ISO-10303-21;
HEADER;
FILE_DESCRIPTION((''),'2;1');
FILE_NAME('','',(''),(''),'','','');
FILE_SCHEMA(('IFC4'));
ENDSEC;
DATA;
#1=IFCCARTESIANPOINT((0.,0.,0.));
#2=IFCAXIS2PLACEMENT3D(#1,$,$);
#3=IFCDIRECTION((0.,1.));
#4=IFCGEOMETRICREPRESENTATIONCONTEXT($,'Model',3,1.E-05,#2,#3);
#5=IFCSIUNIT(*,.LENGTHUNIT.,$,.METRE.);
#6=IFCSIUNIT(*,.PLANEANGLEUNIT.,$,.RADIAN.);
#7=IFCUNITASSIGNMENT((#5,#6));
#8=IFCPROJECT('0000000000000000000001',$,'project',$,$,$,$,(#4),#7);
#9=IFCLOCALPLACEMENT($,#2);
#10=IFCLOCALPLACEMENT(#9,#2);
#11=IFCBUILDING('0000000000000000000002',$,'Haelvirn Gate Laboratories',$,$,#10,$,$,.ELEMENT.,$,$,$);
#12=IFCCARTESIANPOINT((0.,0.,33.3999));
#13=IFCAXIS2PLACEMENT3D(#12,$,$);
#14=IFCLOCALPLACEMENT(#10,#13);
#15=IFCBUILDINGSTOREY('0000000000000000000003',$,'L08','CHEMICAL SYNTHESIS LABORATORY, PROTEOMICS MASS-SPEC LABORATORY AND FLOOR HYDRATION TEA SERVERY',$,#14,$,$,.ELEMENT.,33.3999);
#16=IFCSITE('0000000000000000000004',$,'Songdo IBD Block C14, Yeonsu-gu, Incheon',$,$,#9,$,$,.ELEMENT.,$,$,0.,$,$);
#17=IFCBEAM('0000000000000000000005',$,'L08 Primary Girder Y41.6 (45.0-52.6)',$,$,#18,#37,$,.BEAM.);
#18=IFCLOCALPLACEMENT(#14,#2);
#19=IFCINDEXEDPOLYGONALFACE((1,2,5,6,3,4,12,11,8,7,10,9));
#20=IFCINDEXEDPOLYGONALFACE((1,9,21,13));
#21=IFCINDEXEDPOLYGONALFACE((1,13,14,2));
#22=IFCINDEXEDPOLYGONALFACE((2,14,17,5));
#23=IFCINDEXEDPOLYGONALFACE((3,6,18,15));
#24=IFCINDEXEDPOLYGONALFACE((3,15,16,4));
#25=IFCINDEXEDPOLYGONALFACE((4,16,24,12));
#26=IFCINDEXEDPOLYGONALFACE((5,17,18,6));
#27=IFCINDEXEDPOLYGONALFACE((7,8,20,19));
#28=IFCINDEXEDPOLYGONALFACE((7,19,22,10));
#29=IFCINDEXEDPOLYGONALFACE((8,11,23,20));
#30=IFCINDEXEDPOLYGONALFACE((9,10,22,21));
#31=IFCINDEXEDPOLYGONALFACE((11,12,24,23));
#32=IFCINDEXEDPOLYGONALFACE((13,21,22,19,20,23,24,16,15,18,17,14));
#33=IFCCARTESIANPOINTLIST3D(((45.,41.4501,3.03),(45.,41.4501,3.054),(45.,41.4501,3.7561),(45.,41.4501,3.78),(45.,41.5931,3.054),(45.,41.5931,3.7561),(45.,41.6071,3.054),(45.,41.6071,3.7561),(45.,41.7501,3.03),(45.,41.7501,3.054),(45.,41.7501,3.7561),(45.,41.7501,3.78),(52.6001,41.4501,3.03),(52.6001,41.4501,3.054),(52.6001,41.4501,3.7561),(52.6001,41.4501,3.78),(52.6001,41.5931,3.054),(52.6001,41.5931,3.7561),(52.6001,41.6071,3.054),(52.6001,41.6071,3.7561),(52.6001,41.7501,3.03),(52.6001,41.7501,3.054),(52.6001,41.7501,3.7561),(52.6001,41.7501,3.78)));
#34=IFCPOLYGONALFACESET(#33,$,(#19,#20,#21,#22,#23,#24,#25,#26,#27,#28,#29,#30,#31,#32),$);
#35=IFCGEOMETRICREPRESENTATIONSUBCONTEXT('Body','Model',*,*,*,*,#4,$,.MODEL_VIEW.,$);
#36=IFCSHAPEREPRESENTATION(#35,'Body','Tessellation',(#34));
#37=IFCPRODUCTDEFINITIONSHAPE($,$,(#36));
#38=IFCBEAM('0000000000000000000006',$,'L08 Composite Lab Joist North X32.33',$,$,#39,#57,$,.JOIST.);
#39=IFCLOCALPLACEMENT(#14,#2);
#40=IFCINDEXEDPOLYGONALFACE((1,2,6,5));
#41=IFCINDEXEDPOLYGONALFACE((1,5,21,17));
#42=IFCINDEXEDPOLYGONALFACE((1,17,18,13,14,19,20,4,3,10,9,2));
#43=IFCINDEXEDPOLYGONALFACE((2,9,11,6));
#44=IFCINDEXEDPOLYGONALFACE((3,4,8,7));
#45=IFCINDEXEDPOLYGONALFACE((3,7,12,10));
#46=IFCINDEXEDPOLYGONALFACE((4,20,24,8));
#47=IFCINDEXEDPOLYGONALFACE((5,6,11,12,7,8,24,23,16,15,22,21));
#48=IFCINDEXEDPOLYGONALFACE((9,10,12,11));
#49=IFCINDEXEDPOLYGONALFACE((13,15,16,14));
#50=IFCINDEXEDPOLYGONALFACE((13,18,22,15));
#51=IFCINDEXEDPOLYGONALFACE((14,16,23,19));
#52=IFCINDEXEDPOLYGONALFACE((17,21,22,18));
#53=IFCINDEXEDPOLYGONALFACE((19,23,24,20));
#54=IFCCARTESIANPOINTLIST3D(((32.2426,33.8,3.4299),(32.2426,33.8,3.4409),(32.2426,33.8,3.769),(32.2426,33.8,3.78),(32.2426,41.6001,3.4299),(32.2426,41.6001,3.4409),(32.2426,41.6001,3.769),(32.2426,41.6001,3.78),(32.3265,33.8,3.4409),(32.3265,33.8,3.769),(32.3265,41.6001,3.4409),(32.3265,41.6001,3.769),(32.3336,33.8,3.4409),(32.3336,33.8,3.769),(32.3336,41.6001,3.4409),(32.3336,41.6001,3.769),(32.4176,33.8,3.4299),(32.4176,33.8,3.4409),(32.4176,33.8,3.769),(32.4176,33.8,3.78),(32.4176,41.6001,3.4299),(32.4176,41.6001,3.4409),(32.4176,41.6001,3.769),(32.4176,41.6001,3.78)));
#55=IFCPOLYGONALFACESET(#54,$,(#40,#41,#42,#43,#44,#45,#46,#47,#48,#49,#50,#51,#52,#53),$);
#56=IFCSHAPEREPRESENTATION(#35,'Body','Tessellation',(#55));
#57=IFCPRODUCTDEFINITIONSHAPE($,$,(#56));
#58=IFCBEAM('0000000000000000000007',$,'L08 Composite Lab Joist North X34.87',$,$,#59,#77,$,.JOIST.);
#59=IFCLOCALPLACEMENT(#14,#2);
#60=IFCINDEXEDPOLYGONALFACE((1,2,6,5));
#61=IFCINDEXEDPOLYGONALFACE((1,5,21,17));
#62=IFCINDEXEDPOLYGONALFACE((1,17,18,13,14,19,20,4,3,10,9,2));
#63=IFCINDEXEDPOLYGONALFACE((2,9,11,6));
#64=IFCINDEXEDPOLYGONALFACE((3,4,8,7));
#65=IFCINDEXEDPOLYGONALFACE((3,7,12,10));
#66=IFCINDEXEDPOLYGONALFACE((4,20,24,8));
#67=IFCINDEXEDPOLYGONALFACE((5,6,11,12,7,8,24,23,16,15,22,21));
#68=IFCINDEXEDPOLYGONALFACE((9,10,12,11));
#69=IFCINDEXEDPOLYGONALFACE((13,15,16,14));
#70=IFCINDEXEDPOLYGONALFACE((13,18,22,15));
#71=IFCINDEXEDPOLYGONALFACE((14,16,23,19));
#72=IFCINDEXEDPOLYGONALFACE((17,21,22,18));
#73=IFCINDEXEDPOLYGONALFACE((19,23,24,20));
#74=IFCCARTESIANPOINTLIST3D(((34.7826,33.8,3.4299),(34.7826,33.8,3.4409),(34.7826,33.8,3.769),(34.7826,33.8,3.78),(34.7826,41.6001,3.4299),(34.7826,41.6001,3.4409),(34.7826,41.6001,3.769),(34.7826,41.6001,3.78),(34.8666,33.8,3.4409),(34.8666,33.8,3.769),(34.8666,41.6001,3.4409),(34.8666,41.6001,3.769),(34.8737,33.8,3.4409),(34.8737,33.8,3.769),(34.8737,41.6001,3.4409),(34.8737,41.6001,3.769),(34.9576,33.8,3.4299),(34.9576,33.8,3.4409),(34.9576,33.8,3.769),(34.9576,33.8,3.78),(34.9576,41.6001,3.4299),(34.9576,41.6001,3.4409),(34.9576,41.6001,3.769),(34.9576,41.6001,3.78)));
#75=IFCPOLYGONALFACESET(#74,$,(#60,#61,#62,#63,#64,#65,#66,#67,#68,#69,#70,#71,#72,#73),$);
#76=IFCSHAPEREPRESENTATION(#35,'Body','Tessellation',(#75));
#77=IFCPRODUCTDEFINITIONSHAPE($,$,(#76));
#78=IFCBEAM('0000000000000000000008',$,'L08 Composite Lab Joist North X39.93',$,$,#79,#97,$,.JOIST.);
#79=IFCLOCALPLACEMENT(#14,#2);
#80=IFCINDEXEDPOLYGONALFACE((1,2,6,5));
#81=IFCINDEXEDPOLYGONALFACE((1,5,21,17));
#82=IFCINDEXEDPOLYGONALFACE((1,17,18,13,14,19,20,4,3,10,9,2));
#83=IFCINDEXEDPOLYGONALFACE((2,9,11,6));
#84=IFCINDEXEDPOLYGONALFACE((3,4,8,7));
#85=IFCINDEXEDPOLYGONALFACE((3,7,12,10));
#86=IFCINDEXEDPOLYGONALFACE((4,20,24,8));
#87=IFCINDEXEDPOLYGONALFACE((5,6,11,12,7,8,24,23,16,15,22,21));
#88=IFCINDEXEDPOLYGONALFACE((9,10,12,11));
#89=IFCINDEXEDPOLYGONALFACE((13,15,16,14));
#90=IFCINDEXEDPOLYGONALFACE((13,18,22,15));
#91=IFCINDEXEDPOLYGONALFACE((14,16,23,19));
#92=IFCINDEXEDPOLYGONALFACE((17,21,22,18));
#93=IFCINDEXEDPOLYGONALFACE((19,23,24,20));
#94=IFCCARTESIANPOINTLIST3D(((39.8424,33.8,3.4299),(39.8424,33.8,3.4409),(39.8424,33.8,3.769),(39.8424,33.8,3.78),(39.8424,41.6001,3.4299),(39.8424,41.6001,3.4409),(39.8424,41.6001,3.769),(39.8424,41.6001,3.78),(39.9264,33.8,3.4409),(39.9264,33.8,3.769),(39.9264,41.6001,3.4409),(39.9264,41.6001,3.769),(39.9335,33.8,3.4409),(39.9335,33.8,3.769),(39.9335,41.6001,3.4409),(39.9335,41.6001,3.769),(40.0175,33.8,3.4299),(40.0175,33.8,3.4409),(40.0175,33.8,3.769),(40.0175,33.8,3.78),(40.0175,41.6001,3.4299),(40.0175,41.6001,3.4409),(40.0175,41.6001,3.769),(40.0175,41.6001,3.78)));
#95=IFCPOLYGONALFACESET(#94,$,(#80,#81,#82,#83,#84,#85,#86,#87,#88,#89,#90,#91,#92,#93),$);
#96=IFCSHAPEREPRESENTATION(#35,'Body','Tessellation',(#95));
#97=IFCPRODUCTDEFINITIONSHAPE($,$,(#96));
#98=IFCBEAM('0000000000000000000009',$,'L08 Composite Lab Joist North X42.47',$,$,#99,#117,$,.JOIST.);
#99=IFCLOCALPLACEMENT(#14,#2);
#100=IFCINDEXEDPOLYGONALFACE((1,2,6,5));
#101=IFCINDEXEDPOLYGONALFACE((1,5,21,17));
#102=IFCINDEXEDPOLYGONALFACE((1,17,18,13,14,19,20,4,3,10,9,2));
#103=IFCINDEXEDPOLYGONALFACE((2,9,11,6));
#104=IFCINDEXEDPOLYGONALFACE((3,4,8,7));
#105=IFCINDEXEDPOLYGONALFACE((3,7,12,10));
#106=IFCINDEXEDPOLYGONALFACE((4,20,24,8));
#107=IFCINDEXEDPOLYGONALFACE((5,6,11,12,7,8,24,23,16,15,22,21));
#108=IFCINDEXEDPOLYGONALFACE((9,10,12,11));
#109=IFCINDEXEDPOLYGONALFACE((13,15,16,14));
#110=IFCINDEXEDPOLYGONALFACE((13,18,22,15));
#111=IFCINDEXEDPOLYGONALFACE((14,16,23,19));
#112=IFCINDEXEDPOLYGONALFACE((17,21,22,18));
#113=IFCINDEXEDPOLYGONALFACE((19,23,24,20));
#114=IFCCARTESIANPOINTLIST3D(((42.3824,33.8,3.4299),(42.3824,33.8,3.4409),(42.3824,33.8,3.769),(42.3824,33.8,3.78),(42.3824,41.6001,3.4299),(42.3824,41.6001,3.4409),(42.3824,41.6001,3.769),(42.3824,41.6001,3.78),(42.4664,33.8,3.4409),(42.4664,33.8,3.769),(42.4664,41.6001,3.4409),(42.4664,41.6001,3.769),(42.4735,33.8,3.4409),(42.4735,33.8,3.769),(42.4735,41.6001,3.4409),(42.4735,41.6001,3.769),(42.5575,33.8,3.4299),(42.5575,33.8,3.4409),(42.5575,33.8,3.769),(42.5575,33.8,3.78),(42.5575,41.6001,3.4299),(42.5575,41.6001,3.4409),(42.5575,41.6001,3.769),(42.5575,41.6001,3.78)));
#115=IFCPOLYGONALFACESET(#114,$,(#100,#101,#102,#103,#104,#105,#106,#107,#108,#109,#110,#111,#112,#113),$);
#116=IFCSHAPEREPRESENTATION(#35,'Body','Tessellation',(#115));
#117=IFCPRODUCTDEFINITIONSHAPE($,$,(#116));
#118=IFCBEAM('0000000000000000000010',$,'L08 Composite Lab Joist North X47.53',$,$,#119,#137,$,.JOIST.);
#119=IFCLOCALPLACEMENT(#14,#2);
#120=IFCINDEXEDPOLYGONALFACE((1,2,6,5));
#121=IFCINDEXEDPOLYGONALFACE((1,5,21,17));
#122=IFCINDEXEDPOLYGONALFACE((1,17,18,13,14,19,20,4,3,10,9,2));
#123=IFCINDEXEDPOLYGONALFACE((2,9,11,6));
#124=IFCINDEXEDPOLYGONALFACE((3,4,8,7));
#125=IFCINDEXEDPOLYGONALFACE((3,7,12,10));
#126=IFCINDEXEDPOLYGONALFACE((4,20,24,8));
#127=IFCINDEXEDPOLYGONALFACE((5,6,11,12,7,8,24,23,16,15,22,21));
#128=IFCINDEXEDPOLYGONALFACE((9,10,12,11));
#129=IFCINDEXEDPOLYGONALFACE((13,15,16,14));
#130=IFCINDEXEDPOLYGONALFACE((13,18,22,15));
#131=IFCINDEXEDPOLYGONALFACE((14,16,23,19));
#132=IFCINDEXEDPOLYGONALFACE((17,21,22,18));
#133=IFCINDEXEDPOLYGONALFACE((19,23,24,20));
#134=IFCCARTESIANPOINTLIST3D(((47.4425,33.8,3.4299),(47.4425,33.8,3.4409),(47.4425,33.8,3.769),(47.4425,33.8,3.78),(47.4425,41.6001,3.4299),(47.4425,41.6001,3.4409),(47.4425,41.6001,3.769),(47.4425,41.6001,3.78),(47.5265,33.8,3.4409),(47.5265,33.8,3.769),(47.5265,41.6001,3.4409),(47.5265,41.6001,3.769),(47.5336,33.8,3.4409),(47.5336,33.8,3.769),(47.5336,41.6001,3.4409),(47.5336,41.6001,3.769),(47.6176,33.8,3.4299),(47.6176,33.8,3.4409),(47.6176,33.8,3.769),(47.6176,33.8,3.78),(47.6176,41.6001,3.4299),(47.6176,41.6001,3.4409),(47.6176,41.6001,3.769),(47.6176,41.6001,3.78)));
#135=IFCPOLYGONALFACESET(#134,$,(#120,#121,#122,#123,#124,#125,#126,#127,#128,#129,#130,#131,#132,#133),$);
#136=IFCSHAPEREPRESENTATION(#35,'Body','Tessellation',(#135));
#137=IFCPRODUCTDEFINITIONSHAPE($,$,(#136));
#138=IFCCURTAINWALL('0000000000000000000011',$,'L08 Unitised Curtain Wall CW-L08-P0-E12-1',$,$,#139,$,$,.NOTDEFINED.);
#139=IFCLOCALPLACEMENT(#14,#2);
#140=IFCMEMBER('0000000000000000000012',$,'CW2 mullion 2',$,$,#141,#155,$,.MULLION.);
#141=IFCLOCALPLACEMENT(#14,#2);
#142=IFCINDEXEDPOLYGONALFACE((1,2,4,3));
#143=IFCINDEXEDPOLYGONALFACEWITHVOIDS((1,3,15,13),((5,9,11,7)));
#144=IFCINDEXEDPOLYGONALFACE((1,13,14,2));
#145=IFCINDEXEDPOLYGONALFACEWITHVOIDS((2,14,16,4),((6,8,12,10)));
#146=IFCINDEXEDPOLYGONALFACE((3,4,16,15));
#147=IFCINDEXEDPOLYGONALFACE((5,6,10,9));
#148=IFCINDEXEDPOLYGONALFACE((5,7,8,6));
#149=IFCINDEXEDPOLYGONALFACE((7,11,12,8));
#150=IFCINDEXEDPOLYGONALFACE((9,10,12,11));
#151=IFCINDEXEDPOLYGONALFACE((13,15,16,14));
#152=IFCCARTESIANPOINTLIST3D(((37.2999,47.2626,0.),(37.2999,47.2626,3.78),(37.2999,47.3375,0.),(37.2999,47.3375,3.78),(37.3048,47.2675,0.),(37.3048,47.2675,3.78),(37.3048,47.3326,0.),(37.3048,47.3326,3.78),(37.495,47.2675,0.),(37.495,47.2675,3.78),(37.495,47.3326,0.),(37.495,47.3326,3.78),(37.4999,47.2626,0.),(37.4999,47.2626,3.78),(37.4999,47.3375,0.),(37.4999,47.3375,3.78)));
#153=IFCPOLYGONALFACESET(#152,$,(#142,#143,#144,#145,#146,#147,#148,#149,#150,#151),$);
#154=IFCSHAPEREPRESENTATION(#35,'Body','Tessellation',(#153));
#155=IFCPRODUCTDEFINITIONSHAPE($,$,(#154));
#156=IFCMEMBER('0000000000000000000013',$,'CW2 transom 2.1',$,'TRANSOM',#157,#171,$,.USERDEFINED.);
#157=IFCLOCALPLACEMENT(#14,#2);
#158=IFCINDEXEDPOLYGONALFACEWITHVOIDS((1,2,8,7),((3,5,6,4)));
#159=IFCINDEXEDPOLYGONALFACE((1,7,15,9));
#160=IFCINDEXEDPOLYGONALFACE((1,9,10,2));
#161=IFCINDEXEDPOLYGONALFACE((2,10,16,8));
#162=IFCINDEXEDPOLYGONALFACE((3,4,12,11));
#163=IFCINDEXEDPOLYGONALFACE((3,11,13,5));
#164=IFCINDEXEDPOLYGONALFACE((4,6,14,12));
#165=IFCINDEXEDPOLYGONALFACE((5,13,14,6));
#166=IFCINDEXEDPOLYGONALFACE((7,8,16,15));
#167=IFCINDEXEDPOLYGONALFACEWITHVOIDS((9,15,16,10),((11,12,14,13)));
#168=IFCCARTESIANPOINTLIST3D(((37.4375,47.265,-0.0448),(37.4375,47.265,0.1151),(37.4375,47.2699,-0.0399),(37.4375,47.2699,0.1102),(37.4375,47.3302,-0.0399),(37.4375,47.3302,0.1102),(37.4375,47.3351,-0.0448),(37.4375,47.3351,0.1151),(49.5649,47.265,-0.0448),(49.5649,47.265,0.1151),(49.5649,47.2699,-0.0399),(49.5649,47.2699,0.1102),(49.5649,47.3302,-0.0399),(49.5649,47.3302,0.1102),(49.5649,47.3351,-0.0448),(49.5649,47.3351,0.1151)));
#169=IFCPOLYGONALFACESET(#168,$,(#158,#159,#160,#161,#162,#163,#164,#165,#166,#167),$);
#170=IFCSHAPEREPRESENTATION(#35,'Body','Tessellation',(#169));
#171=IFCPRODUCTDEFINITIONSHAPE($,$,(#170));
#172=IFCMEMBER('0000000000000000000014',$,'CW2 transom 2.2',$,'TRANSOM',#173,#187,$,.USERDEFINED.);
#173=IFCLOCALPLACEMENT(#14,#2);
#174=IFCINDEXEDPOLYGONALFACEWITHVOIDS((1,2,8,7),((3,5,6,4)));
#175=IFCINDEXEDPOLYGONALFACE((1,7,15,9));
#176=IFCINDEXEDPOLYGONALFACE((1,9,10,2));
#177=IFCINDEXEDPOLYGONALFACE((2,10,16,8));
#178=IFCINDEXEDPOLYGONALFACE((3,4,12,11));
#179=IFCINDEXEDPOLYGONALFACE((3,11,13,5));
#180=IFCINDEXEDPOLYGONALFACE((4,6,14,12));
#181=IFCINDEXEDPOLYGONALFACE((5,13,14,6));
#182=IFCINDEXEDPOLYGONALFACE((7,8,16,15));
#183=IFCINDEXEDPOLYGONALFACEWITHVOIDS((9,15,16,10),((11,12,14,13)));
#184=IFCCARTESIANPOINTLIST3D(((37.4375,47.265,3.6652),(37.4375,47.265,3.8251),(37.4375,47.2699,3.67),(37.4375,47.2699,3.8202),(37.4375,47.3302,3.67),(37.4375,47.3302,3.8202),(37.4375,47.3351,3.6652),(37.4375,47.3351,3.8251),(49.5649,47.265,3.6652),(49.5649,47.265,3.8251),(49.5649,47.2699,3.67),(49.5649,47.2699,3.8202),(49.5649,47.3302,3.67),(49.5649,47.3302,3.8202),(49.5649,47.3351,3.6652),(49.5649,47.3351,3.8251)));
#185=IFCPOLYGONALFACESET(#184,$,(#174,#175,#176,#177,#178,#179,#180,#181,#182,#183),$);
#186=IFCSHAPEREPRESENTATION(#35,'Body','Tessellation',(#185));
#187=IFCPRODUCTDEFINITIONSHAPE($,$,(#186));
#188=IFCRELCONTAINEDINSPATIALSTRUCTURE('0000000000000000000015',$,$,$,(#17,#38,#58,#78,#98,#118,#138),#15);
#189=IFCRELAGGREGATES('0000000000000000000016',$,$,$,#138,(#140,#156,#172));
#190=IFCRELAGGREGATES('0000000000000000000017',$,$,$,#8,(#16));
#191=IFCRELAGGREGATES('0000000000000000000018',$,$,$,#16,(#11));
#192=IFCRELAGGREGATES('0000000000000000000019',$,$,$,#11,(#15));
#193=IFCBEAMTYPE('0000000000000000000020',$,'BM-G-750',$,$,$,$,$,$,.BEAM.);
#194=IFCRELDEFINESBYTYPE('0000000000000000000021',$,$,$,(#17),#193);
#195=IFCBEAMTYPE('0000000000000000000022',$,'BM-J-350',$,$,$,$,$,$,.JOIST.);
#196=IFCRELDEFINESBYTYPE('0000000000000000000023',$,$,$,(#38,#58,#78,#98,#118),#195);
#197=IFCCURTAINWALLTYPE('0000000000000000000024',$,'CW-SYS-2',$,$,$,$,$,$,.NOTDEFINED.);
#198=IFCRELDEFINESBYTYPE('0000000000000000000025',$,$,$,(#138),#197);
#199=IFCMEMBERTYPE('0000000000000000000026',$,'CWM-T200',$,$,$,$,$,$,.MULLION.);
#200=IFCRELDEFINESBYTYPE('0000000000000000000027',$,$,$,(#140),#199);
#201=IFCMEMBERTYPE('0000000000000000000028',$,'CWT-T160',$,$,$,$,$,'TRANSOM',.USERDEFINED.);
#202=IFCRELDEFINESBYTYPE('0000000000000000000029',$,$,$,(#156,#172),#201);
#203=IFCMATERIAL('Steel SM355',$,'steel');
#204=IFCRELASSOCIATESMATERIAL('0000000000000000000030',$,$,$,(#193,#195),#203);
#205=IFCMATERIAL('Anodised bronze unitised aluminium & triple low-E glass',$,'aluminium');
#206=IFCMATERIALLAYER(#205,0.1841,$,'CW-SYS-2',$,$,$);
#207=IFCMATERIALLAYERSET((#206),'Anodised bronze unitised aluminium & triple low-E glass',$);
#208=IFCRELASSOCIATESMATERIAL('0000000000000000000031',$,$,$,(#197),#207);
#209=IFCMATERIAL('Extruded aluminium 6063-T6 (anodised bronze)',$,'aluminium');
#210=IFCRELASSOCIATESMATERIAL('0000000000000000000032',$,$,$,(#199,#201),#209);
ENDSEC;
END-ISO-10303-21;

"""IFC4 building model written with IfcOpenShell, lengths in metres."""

from ifc_helpers import new_model, si_unit, direction, frame, origin, origin_2d, place, context, subcontext, project, spatial, hollow_rectangle, i_section, extrude, source, transform, mapped, material, layer, layer_set, material_profile, profile_set, type_object, type_shapes, element, aggregate, save


model = new_model("IFC4")

# Units and contexts
model_context = context("Model", 3, precision=1e-05, world=origin(), true_north=direction((0.0, 1.0)))
body_context = subcontext(model_context, "Body", "Model", "MODEL_VIEW")
ifc_project = project(units=[si_unit("LENGTHUNIT", "METRE"), si_unit("PLANEANGLEUNIT", "RADIAN")], contexts=[model_context])

# Site, building, storey
site_placement = place(None, origin())
site = spatial("IfcSite", under=ifc_project, at=site_placement, Name="Songdo IBD Block C14, Yeonsu-gu, Incheon", CompositionType="ELEMENT", RefElevation=0.0)
building_placement = place(site_placement, origin())
building = spatial("IfcBuilding", under=site, at=building_placement, Name="Haelvirn Gate Laboratories", CompositionType="ELEMENT")
storey_placement = place(building_placement, frame((0.0, 0.0, 33.3999)))
storey = spatial("IfcBuildingStorey", under=building, at=storey_placement, Name="L08", Description="CHEMICAL SYNTHESIS LABORATORY, PROTEOMICS MASS-SPEC LABORATORY AND FLOOR HYDRATION TEA SERVERY", CompositionType="ELEMENT", Elevation=33.3999)

# Beams
ifc_material_1 = material(Name="Steel SM355", Category="steel")
ifc_material_profile_1 = material_profile(ifc_material_1, i_section(OverallWidth=0.3, OverallDepth=0.75, WebThickness=0.0139, FlangeThickness=0.0239, at=origin_2d()), Name="H-750x300x14x24")
ifc_profile_set_1 = profile_set([ifc_material_profile_1], Name="Steel SM355")
beam_type_1 = type_object("IfcBeamType", Name="BM-G-750", PredefinedType="BEAM", material=ifc_profile_set_1)
shared_shape_1 = source(origin(), body_context, "Body", "SweptSolid", [
    extrude(i_section(OverallWidth=0.3, OverallDepth=0.75, WebThickness=0.0139, FlangeThickness=0.0239, at=origin_2d()), origin(), (0.0, 0.0, 1.0), 7.6001),
])
type_shapes(beam_type_1, [shared_shape_1])
for number, where, z_axis, x_axis, name in (
    (1, (45.0, 41.6001, 3.405), (1.0, 0.0, 0.0), (0.0, 1.0, 0.0), "L08 Primary Girder Y41.6 (45.0-52.6)"),
):
    element("IfcBeam", number, at=place(storey_placement, frame(where, z_axis=z_axis, x_axis=x_axis)), inside=storey, type_object=beam_type_1, Name=name, PredefinedType="BEAM", context=body_context, shape_type="MappedRepresentation", body=[
        mapped(shared_shape_1, transform((0.0, 0.0, 0.0), scale=1.0)),
    ])
ifc_material_profile_2 = material_profile(ifc_material_1, i_section(OverallWidth=0.175, OverallDepth=0.3501, WebThickness=0.0071, FlangeThickness=0.011, at=origin_2d()), Name="H-350x175x7x11")
ifc_profile_set_2 = profile_set([ifc_material_profile_2], Name="Steel SM355")
beam_type_2 = type_object("IfcBeamType", Name="BM-J-350", PredefinedType="JOIST", material=ifc_profile_set_2)
shared_shape_2 = source(origin(), body_context, "Body", "SweptSolid", [
    extrude(i_section(OverallWidth=0.175, OverallDepth=0.3501, WebThickness=0.0071, FlangeThickness=0.011, at=origin_2d()), origin(), (0.0, 0.0, 1.0), 7.8),
])
type_shapes(beam_type_2, [shared_shape_2])
for number, where, z_axis, x_axis, name in (
    (2, (32.3301, 33.8, 3.605), (0.0, 1.0, 0.0), (-1.0, 0.0, 0.0), "L08 Composite Lab Joist North X32.33"),
    (3, (34.8701, 33.8, 3.605), (0.0, 1.0, 0.0), (-1.0, 0.0, 0.0), "L08 Composite Lab Joist North X34.87"),
    (4, (39.9299, 33.8, 3.605), (0.0, 1.0, 0.0), (-1.0, 0.0, 0.0), "L08 Composite Lab Joist North X39.93"),
    (5, (42.47, 33.8, 3.605), (0.0, 1.0, 0.0), (-1.0, 0.0, 0.0), "L08 Composite Lab Joist North X42.47"),
    (6, (47.53, 33.8, 3.605), (0.0, 1.0, 0.0), (-1.0, 0.0, 0.0), "L08 Composite Lab Joist North X47.53"),
):
    element("IfcBeam", number, at=place(storey_placement, frame(where, z_axis=z_axis, x_axis=x_axis)), inside=storey, type_object=beam_type_2, Name=name, PredefinedType="JOIST", context=body_context, shape_type="MappedRepresentation", body=[
        mapped(shared_shape_2, transform((0.0, 0.0, 0.0), scale=1.0)),
    ])

# Curtain wall, members
ifc_material_2 = material(Name="Anodised bronze unitised aluminium & triple low-E glass", Category="aluminium")
ifc_layer_1 = layer(ifc_material_2, 0.1841, Name="CW-SYS-2")
ifc_layer_set_1 = layer_set([ifc_layer_1], Name="Anodised bronze unitised aluminium & triple low-E glass")
curtain_wall_type = type_object("IfcCurtainWallType", Name="CW-SYS-2", PredefinedType="NOTDEFINED", material=ifc_layer_set_1)
curtain_wall_placement = place(storey_placement, origin())
curtain_wall = element("IfcCurtainWall", 7, at=curtain_wall_placement, inside=storey, type_object=curtain_wall_type, Name="L08 Unitised Curtain Wall CW-L08-P0-E12-1", PredefinedType="NOTDEFINED")
ifc_material_3 = material(Name="Extruded aluminium 6063-T6 (anodised bronze)", Category="aluminium")
ifc_material_profile_3 = material_profile(ifc_material_3, hollow_rectangle(XDim=0.075, YDim=0.2, WallThickness=0.0049, at=origin_2d()), Name="CWM-200x75x5")
ifc_profile_set_3 = profile_set([ifc_material_profile_3], Name="Extruded aluminium 6063-T6 (anodised bronze)")
member_type_1 = type_object("IfcMemberType", Name="CWM-T200", PredefinedType="MULLION", material=ifc_profile_set_3)
shared_shape_3 = source(origin(), body_context, "Body", "SweptSolid", [
    extrude(hollow_rectangle(XDim=0.075, YDim=0.2, WallThickness=0.0049, at=origin_2d()), origin(), (0.0, 0.0, 1.0), 3.78),
])
type_shapes(member_type_1, [shared_shape_3])
member_1_placement = place(storey_placement, frame((37.3999, 47.3, 0.0), z_axis=(0.0, 0.0, 1.0), x_axis=(0.0, 1.0, 0.0)))
member_1 = element("IfcMember", 8, at=member_1_placement, type_object=member_type_1, Name="CW2 mullion 2", PredefinedType="MULLION", context=body_context, shape_type="MappedRepresentation", body=[
    mapped(shared_shape_3, transform((0.0, 0.0, 0.0), scale=1.0)),
])
ifc_material_profile_4 = material_profile(ifc_material_3, hollow_rectangle(XDim=0.0701, YDim=0.1599, WallThickness=0.0049, at=origin_2d()), Name="CWT-160x70x5")
ifc_profile_set_4 = profile_set([ifc_material_profile_4], Name="Extruded aluminium 6063-T6 (anodised bronze)")
member_type_2 = type_object("IfcMemberType", Name="CWT-T160", ElementType="TRANSOM", PredefinedType="USERDEFINED", material=ifc_profile_set_4)
shared_shape_4 = source(origin(), body_context, "Body", "SweptSolid", [
    extrude(hollow_rectangle(XDim=0.0701, YDim=0.1599, WallThickness=0.0049, at=origin_2d()), origin(), (0.0, 0.0, 1.0), 12.1274),
])
type_shapes(member_type_2, [shared_shape_4])
member_2_placement = place(storey_placement, frame((37.4375, 47.3, 0.0352), z_axis=(1.0, 0.0, 0.0), x_axis=(0.0, 1.0, 0.0)))
member_2 = element("IfcMember", 9, at=member_2_placement, type_object=member_type_2, Name="CW2 transom 2.1", ObjectType="TRANSOM", PredefinedType="USERDEFINED", context=body_context, shape_type="MappedRepresentation", body=[
    mapped(shared_shape_4, transform((0.0, 0.0, 0.0), scale=1.0)),
])
member_3_placement = place(storey_placement, frame((37.4375, 47.3, 3.7451), z_axis=(1.0, 0.0, 0.0), x_axis=(0.0, 1.0, 0.0)))
member_3 = element("IfcMember", 10, at=member_3_placement, type_object=member_type_2, Name="CW2 transom 2.2", ObjectType="TRANSOM", PredefinedType="USERDEFINED", context=body_context, shape_type="MappedRepresentation", body=[
    mapped(shared_shape_4, transform((0.0, 0.0, 0.0), scale=1.0)),
])
aggregate(curtain_wall, [member_1, member_2, member_3])

save(model, "model.ifc")
